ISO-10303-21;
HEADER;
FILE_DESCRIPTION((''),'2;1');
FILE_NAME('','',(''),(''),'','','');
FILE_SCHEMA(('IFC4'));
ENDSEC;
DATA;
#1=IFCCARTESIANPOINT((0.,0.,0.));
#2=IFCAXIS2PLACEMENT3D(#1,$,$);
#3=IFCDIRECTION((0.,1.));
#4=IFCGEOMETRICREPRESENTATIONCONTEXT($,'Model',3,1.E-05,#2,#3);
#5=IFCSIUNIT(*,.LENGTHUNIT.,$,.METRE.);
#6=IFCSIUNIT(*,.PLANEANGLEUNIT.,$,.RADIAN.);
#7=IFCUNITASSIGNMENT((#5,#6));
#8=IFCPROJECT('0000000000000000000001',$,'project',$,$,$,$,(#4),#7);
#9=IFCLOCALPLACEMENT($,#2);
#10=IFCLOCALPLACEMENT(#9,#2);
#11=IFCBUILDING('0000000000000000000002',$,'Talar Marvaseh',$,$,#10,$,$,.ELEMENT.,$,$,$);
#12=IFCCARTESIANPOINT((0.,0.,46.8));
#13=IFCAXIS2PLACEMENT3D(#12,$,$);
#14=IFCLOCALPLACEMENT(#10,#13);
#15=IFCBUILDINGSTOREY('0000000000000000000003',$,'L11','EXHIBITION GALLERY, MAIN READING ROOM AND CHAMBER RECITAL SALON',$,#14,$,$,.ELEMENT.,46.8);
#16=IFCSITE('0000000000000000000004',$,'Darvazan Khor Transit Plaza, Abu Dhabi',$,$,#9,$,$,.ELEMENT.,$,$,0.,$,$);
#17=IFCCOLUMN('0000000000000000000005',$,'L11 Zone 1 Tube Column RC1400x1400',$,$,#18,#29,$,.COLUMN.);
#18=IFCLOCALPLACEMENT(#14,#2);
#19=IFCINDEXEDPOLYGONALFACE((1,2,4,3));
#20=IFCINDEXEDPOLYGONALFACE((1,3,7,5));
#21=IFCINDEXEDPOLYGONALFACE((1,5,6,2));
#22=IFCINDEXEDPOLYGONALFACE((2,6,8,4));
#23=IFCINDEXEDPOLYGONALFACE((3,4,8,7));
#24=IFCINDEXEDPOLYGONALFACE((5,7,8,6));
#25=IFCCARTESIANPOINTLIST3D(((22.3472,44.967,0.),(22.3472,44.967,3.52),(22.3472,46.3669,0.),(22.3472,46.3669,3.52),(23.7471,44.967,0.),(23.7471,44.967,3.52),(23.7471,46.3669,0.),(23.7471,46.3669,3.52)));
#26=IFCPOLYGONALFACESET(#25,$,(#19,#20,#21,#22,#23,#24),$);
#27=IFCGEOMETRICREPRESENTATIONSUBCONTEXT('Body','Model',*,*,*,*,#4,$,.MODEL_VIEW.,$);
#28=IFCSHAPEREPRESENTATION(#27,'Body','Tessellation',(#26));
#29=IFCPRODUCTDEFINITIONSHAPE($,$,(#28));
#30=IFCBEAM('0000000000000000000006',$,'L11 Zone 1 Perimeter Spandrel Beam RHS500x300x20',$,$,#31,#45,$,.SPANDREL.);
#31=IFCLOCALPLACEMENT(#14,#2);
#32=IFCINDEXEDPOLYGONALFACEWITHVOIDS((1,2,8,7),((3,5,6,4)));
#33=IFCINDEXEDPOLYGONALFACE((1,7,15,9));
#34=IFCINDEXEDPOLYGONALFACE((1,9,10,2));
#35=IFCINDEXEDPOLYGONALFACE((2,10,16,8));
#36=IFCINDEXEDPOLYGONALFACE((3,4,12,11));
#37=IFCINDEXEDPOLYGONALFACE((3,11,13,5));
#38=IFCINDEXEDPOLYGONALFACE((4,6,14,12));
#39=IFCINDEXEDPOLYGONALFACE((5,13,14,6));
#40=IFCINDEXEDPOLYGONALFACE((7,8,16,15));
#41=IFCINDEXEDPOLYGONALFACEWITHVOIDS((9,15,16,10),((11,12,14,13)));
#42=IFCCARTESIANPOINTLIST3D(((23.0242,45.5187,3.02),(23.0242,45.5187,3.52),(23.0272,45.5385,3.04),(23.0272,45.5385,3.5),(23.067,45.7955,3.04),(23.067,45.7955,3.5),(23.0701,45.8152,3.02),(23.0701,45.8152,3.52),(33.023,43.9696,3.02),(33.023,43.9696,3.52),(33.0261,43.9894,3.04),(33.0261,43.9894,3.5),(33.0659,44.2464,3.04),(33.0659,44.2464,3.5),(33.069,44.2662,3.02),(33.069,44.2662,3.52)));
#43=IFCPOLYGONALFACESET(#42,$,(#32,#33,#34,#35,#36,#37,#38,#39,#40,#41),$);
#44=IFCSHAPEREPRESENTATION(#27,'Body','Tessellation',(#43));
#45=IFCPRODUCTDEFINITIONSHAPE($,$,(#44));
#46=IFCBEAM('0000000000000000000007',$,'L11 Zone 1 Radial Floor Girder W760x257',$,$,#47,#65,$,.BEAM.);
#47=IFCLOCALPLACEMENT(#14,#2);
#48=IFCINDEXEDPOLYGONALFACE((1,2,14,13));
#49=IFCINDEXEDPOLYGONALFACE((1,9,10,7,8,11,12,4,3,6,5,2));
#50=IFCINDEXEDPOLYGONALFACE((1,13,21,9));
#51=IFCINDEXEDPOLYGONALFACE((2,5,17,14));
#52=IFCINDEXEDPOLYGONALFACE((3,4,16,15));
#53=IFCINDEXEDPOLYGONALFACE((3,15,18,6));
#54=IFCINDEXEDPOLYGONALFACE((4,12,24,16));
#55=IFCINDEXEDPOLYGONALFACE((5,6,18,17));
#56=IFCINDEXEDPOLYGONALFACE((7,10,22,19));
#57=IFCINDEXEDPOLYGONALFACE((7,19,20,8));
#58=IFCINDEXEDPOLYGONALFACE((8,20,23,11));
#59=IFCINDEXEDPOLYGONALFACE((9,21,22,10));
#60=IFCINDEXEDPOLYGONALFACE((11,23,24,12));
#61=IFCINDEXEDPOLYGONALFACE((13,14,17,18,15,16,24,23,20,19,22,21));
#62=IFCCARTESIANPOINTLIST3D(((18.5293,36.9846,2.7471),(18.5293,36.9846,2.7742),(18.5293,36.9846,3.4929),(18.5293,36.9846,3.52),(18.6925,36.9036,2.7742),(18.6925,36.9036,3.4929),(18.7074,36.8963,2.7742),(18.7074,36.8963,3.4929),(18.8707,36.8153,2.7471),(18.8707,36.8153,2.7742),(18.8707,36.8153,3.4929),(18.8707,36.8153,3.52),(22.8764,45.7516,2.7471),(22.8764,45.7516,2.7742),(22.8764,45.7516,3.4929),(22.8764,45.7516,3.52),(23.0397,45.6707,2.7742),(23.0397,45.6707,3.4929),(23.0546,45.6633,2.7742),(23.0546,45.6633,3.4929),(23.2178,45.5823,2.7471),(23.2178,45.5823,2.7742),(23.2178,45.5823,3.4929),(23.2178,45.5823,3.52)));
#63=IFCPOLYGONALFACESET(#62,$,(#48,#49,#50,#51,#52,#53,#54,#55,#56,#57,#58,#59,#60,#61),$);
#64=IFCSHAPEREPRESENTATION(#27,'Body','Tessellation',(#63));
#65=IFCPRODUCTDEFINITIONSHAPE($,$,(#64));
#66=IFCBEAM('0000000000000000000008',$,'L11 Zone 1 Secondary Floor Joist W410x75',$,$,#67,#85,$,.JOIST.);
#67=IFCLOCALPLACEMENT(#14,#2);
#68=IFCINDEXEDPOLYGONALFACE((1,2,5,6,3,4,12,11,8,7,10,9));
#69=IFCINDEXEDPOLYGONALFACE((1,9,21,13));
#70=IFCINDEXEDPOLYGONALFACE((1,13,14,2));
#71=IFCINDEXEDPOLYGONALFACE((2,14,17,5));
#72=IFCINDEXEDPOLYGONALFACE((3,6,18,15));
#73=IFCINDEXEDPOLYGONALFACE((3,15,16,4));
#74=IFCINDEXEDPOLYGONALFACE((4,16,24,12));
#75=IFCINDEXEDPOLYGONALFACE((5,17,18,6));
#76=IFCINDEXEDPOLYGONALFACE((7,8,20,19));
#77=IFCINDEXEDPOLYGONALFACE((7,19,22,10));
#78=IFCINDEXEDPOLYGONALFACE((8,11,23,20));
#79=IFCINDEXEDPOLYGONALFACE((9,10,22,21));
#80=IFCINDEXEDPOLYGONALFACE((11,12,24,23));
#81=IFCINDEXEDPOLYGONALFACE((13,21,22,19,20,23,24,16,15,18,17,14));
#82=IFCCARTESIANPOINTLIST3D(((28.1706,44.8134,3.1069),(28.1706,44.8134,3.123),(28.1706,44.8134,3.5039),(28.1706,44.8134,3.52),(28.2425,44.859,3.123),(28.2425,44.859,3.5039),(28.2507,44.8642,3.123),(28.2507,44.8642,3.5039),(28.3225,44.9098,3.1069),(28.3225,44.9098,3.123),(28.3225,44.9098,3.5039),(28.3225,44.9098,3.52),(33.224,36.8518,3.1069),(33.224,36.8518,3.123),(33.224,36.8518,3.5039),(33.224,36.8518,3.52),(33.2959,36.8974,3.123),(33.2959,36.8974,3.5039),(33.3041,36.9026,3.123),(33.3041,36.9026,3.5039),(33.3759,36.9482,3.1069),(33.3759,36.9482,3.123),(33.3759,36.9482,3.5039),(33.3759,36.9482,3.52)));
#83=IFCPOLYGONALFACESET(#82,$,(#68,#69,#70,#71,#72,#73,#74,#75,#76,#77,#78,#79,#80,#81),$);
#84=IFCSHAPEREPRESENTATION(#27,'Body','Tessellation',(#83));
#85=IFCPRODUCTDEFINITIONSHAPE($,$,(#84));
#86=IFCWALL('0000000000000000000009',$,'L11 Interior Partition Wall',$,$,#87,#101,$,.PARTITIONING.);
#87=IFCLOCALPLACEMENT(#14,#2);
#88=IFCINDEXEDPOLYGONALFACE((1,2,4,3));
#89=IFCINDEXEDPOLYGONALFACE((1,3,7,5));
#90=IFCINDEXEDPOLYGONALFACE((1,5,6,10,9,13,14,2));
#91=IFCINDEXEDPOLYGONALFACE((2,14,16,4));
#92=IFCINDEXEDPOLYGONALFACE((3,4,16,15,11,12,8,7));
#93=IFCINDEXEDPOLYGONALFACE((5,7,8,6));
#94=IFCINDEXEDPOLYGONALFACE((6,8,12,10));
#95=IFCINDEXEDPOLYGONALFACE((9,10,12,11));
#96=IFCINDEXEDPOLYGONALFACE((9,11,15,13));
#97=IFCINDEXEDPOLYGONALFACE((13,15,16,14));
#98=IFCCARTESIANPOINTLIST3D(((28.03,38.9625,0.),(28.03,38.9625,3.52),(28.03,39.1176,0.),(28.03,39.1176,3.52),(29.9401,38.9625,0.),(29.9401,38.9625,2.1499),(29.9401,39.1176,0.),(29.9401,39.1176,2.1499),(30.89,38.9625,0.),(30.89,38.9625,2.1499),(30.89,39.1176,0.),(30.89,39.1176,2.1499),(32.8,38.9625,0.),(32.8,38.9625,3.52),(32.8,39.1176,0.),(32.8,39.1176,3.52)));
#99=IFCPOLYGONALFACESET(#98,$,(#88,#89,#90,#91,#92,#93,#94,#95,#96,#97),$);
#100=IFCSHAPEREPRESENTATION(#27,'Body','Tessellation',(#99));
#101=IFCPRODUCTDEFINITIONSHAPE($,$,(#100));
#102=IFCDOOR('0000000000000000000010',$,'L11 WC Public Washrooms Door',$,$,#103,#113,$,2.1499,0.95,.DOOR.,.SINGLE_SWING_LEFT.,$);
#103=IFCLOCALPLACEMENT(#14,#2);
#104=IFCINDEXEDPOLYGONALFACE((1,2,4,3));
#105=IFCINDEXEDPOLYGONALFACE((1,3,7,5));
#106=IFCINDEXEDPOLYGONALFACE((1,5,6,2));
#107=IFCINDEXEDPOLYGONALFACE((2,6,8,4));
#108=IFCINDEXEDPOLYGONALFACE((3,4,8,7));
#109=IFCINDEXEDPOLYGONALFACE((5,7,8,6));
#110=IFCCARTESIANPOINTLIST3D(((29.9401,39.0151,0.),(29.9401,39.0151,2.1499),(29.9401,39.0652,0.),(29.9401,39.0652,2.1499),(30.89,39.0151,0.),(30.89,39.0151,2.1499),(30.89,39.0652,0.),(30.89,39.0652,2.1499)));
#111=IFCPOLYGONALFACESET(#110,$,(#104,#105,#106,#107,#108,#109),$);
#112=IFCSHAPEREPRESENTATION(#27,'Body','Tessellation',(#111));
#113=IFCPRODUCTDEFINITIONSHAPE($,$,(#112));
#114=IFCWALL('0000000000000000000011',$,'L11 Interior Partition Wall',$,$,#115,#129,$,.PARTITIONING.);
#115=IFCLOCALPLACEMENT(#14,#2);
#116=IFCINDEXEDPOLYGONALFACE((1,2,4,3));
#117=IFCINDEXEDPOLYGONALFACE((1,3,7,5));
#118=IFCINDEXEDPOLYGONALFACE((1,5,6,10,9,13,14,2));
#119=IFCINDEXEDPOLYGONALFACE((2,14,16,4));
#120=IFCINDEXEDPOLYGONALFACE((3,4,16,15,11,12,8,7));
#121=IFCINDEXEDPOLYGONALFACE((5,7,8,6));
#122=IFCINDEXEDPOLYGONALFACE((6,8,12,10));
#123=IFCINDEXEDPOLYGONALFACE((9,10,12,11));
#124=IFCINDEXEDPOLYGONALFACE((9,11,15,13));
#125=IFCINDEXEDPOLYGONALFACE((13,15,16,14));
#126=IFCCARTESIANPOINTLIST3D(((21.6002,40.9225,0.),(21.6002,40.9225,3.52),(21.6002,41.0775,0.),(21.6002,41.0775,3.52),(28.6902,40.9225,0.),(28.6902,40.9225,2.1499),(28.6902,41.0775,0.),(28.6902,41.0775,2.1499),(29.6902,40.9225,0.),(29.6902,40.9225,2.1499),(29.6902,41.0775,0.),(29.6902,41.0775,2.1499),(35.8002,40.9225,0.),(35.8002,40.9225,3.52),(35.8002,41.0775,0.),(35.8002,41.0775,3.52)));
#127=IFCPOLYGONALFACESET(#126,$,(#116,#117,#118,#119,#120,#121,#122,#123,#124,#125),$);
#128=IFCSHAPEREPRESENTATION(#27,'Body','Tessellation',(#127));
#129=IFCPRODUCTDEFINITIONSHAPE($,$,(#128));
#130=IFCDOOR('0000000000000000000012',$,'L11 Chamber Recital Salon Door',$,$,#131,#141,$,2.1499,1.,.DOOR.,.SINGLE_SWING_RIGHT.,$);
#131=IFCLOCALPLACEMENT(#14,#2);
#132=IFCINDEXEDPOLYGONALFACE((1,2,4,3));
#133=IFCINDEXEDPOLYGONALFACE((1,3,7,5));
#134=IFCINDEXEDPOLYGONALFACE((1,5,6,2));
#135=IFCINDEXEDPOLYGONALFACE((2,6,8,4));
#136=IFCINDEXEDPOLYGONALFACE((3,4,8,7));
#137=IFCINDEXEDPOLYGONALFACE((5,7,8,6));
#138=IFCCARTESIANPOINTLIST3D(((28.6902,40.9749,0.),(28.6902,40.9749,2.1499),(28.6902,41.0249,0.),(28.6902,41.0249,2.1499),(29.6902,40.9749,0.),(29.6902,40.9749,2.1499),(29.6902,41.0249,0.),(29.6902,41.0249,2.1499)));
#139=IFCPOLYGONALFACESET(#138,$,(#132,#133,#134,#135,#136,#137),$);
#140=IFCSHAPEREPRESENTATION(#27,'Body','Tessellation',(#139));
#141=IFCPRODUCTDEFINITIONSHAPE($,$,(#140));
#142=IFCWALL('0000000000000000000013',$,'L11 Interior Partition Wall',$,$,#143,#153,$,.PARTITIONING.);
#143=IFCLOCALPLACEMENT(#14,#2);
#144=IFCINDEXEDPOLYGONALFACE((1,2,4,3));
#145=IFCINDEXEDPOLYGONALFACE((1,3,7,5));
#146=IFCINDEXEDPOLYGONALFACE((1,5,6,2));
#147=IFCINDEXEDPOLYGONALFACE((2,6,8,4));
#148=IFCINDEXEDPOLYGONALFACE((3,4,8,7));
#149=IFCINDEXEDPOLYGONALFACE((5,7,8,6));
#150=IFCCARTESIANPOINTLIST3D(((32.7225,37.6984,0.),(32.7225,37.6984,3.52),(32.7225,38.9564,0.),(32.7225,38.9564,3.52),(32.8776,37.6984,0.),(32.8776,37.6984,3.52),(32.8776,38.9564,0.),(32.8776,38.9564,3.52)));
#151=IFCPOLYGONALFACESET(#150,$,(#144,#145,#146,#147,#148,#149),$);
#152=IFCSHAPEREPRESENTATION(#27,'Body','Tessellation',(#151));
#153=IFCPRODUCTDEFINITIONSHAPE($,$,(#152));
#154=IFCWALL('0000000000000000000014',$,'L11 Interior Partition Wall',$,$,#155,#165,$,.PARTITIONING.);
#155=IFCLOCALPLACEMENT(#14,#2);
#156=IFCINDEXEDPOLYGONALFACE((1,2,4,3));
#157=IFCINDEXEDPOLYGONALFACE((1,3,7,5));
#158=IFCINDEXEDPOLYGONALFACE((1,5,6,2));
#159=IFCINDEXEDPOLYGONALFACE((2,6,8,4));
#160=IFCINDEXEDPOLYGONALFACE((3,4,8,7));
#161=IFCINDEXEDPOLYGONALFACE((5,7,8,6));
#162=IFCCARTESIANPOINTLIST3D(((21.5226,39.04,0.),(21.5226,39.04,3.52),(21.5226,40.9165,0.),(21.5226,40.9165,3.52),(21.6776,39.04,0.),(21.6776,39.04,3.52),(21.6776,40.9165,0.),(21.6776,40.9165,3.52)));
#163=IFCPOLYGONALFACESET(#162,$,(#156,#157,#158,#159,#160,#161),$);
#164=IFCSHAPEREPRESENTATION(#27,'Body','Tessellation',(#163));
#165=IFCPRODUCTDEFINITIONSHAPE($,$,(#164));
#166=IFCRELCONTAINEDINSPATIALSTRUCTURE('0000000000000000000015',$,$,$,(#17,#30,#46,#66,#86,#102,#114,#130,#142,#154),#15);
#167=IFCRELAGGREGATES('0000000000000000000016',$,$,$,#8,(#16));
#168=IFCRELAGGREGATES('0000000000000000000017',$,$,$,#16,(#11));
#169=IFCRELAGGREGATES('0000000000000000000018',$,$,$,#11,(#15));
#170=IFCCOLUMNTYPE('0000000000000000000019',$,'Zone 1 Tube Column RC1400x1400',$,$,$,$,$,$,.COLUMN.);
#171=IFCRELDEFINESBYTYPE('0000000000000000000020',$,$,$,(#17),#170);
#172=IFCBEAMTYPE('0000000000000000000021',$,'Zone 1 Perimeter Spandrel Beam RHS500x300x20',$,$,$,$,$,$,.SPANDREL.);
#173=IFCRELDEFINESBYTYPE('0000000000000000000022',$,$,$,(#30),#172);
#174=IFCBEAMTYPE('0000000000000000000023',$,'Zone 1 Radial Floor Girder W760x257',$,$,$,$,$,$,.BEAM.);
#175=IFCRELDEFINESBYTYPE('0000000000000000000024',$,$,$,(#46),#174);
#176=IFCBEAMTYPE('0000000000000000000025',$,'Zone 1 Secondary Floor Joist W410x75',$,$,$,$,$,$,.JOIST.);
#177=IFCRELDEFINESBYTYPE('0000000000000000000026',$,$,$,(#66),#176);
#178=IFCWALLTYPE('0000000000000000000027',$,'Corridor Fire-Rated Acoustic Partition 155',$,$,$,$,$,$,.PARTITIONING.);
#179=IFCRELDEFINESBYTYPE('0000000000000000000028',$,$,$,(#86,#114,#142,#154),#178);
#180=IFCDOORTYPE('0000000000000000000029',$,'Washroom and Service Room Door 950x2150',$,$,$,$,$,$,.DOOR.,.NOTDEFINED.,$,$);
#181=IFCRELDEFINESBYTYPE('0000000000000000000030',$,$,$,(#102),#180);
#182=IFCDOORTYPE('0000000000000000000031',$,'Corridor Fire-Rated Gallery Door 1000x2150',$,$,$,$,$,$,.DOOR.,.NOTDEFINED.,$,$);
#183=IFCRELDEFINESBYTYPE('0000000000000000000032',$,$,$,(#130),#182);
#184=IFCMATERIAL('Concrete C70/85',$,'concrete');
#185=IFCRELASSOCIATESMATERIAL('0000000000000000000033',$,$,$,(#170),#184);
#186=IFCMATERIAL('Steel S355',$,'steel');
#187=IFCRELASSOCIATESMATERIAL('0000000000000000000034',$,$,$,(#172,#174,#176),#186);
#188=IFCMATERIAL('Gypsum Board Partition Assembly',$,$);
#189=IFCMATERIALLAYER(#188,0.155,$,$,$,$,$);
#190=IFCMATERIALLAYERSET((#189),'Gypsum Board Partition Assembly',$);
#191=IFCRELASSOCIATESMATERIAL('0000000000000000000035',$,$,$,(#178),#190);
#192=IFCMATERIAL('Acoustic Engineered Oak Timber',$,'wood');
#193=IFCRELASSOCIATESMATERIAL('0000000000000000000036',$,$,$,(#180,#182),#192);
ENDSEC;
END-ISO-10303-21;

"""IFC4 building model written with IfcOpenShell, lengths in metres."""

from ifc_helpers import new_model, si_unit, direction, frame, frame_2d, origin, origin_2d, place, context, subcontext, project, spatial, rectangle, hollow_rectangle, i_section, extrude, source, transform, mapped, material, layer, layer_set, material_profile, profile_set, type_object, type_shapes, element, fill, save


model = new_model("IFC4")

# Units and contexts
model_context = context("Model", 3, precision=1e-05, world=origin(), true_north=direction((0.0, 1.0)))
body_context = subcontext(model_context, "Body", "Model", "MODEL_VIEW")
ifc_project = project(units=[si_unit("LENGTHUNIT", "METRE"), si_unit("PLANEANGLEUNIT", "RADIAN")], contexts=[model_context])

# Site, building, storey
site_placement = place(None, origin())
site = spatial("IfcSite", under=ifc_project, at=site_placement, Name="Darvazan Khor Transit Plaza, Abu Dhabi", CompositionType="ELEMENT", RefElevation=0.0)
building_placement = place(site_placement, origin())
building = spatial("IfcBuilding", under=site, at=building_placement, Name="Talar Marvaseh", CompositionType="ELEMENT")
storey_placement = place(building_placement, frame((0.0, 0.0, 46.8)))
storey = spatial("IfcBuildingStorey", under=building, at=storey_placement, Name="L11", Description="EXHIBITION GALLERY, MAIN READING ROOM AND CHAMBER RECITAL SALON", CompositionType="ELEMENT", Elevation=46.8)

# Column
ifc_material_1 = material(Name="Concrete C70/85", Category="concrete")
ifc_material_profile_1 = material_profile(ifc_material_1, rectangle(XDim=1.3999, YDim=1.3999, at=origin_2d()), Name="RC1400x1400")
ifc_profile_set_1 = profile_set([ifc_material_profile_1], Name="Concrete C70/85")
column_type = type_object("IfcColumnType", Name="Zone 1 Tube Column RC1400x1400", PredefinedType="COLUMN", material=ifc_profile_set_1)
column_placement = place(storey_placement, frame((23.0471, 45.667, 0.0), z_axis=(0.0, 0.0, 1.0), x_axis=(1.0, 0.0, 0.0)))
element("IfcColumn", 1, at=column_placement, inside=storey, type_object=column_type, Name="L11 Zone 1 Tube Column RC1400x1400", PredefinedType="COLUMN", context=body_context, shape_type="SweptSolid", body=[
    extrude(rectangle(XDim=1.3999, YDim=1.3999, at=origin_2d()), origin(), (0.0, 0.0, 1.0), 3.52),
])

# Beams
ifc_material_2 = material(Name="Steel S355", Category="steel")
ifc_material_profile_2 = material_profile(ifc_material_2, hollow_rectangle(XDim=0.3, YDim=0.5, WallThickness=0.02, at=origin_2d()), Name="RHS500x300x20")
ifc_profile_set_2 = profile_set([ifc_material_profile_2], Name="Steel S355")
beam_type_1 = type_object("IfcBeamType", Name="Zone 1 Perimeter Spandrel Beam RHS500x300x20", PredefinedType="SPANDREL", material=ifc_profile_set_2)
beam_1_placement = place(storey_placement, frame((23.0471, 45.667, 3.27), z_axis=(0.988211, -0.1531, 0.0), x_axis=(0.1531, 0.988211, 0.0)))
element("IfcBeam", 2, at=beam_1_placement, inside=storey, type_object=beam_type_1, Name="L11 Zone 1 Perimeter Spandrel Beam RHS500x300x20", PredefinedType="SPANDREL", context=body_context, shape_type="SweptSolid", body=[
    extrude(hollow_rectangle(XDim=0.3, YDim=0.5, WallThickness=0.02, at=origin_2d()), origin(), (0.0, 0.0, 1.0), 10.1182),
])
ifc_material_profile_3 = material_profile(ifc_material_2, i_section(OverallWidth=0.3811, OverallDepth=0.7729, WebThickness=0.0166, FlangeThickness=0.0271, at=origin_2d()), Name="W760x257")
ifc_profile_set_3 = profile_set([ifc_material_profile_3], Name="Steel S355")
beam_type_2 = type_object("IfcBeamType", Name="Zone 1 Radial Floor Girder W760x257", PredefinedType="BEAM", material=ifc_profile_set_3)
beam_2_placement = place(storey_placement, frame((23.0471, 45.667, 3.1335), z_axis=(-0.444237, -0.895909, 0.0), x_axis=(0.895909, -0.444237, 0.0)))
element("IfcBeam", 3, at=beam_2_placement, inside=storey, type_object=beam_type_2, Name="L11 Zone 1 Radial Floor Girder W760x257", PredefinedType="BEAM", context=body_context, shape_type="SweptSolid", body=[
    extrude(i_section(OverallWidth=0.3811, OverallDepth=0.7729, WebThickness=0.0166, FlangeThickness=0.0271, at=origin_2d()), origin(), (0.0, 0.0, 1.0), 9.7856),
])
ifc_material_profile_4 = material_profile(ifc_material_2, i_section(OverallWidth=0.1799, OverallDepth=0.4131, WebThickness=0.0098, FlangeThickness=0.0161, at=origin_2d()), Name="W410x75")
ifc_profile_set_4 = profile_set([ifc_material_profile_4], Name="Steel S355")
beam_type_3 = type_object("IfcBeamType", Name="Zone 1 Secondary Floor Joist W410x75", PredefinedType="JOIST", material=ifc_profile_set_4)
beam_3_placement = place(storey_placement, frame((28.2466, 44.8616, 3.3135), z_axis=(0.53589, -0.844288, 0.0), x_axis=(0.844288, 0.53589, 0.0)))
element("IfcBeam", 4, at=beam_3_placement, inside=storey, type_object=beam_type_3, Name="L11 Zone 1 Secondary Floor Joist W410x75", PredefinedType="JOIST", context=body_context, shape_type="SweptSolid", body=[
    extrude(i_section(OverallWidth=0.1799, OverallDepth=0.4131, WebThickness=0.0098, FlangeThickness=0.0161, at=origin_2d()), origin(), (0.0, 0.0, 1.0), 9.4299),
])

# Walls, openings, doors
ifc_material_3 = material(Name="Gypsum Board Partition Assembly")
ifc_layer_1 = layer(ifc_material_3, 0.155)
ifc_layer_set_1 = layer_set([ifc_layer_1], Name="Gypsum Board Partition Assembly")
wall_type_1 = type_object("IfcWallType", Name="Corridor Fire-Rated Acoustic Partition 155", PredefinedType="PARTITIONING", material=ifc_layer_set_1)
wall_1_placement = place(storey_placement, frame((32.8, 39.04, 0.0), z_axis=(0.0, 0.0, 1.0), x_axis=(-1.0, 0.0, 0.0)))
wall_1 = element("IfcWall", 5, at=wall_1_placement, inside=storey, type_object=wall_type_1, Name="L11 Interior Partition Wall", PredefinedType="PARTITIONING", context=body_context, shape_type="SweptSolid", body=[
    extrude(rectangle(XDim=4.77, YDim=0.155, at=frame_2d((2.385, 0.0))), origin(), (0.0, 0.0, 1.0), 3.52),
])
opening_1_placement = place(wall_1_placement, frame((1.9099, 0.0, 0.0)))
opening_1 = element("IfcOpeningElement", 6, at=opening_1_placement, cuts=wall_1, PredefinedType="OPENING", context=body_context, shape_type="SweptSolid", body=[
    extrude(rectangle(XDim=0.95, YDim=2.1499, at=frame_2d((0.4751, 1.075))), frame((0.0, 0.0874, 0.0), z_axis=(0.0, -1.0, 0.0), x_axis=(1.0, 0.0, 0.0)), (0.0, 0.0, 1.0), 0.175),
])
ifc_material_4 = material(Name="Acoustic Engineered Oak Timber", Category="wood")
door_type_1 = type_object("IfcDoorType", Name="Washroom and Service Room Door 950x2150", OperationType="NOTDEFINED", PredefinedType="DOOR", material=ifc_material_4)
shared_shape_1 = source(origin(), body_context, "Body", "SweptSolid", [
    extrude(rectangle(XDim=0.95, YDim=2.1499, at=frame_2d((0.4751, 1.075))), frame((0.0, 0.0249, 0.0), z_axis=(0.0, -1.0, 0.0), x_axis=(1.0, 0.0, 0.0)), (0.0, 0.0, 1.0), 0.05),
])
type_shapes(door_type_1, [shared_shape_1])
door_1_placement = place(opening_1_placement, origin())
door_1 = element("IfcDoor", 7, at=door_1_placement, inside=storey, type_object=door_type_1, Name="L11 WC Public Washrooms Door", OperationType="SINGLE_SWING_LEFT", OverallHeight=2.1499, OverallWidth=0.95, PredefinedType="DOOR", context=body_context, shape_type="MappedRepresentation", body=[
    mapped(shared_shape_1, transform((0.0, 0.0, 0.0), x_axis=(1.0, 0.0, 0.0), y_axis=(0.0, 1.0, 0.0), z_axis=(0.0, 0.0, 1.0), scale=1.0)),
])
fill(opening_1, door_1)
wall_2_placement = place(storey_placement, frame((21.6001, 41.0, 0.0), z_axis=(0.0, 0.0, 1.0), x_axis=(1.0, 0.0, 0.0)))
wall_2 = element("IfcWall", 8, at=wall_2_placement, inside=storey, type_object=wall_type_1, Name="L11 Interior Partition Wall", PredefinedType="PARTITIONING", context=body_context, shape_type="SweptSolid", body=[
    extrude(rectangle(XDim=14.2, YDim=0.155, at=frame_2d((7.1001, 0.0))), origin(), (0.0, 0.0, 1.0), 3.52),
])
opening_2_placement = place(wall_2_placement, frame((7.0901, 0.0, 0.0)))
opening_2 = element("IfcOpeningElement", 9, at=opening_2_placement, cuts=wall_2, PredefinedType="OPENING", context=body_context, shape_type="SweptSolid", body=[
    extrude(rectangle(XDim=1.0, YDim=2.1499, at=frame_2d((0.5, 1.075))), frame((0.0, 0.0874, 0.0), z_axis=(0.0, -1.0, 0.0), x_axis=(1.0, 0.0, 0.0)), (0.0, 0.0, 1.0), 0.175),
])
door_type_2 = type_object("IfcDoorType", Name="Corridor Fire-Rated Gallery Door 1000x2150", OperationType="NOTDEFINED", PredefinedType="DOOR", material=ifc_material_4)
shared_shape_2 = source(origin(), body_context, "Body", "SweptSolid", [
    extrude(rectangle(XDim=1.0, YDim=2.1499, at=frame_2d((0.5, 1.075))), frame((0.0, 0.0249, 0.0), z_axis=(0.0, -1.0, 0.0), x_axis=(1.0, 0.0, 0.0)), (0.0, 0.0, 1.0), 0.05),
])
type_shapes(door_type_2, [shared_shape_2])
door_2_placement = place(opening_2_placement, origin())
door_2 = element("IfcDoor", 10, at=door_2_placement, inside=storey, type_object=door_type_2, Name="L11 Chamber Recital Salon Door", OperationType="SINGLE_SWING_RIGHT", OverallHeight=2.1499, OverallWidth=1.0, PredefinedType="DOOR", context=body_context, shape_type="MappedRepresentation", body=[
    mapped(shared_shape_2, transform((0.0, 0.0, 0.0), x_axis=(1.0, 0.0, 0.0), y_axis=(0.0, 1.0, 0.0), z_axis=(0.0, 0.0, 1.0), scale=1.0)),
])
fill(opening_2, door_2)

# Walls
wall_3_placement = place(storey_placement, frame((32.8, 37.6985, 0.0), z_axis=(0.0, 0.0, 1.0), x_axis=(0.0, 1.0, 0.0)))
element("IfcWall", 11, at=wall_3_placement, inside=storey, type_object=wall_type_1, Name="L11 Interior Partition Wall", PredefinedType="PARTITIONING", context=body_context, shape_type="SweptSolid", body=[
    extrude(rectangle(XDim=1.2581, YDim=0.155, at=frame_2d((0.6289, 0.0))), origin(), (0.0, 0.0, 1.0), 3.52),
])
wall_4_placement = place(storey_placement, frame((21.6001, 39.04, 0.0), z_axis=(0.0, 0.0, 1.0), x_axis=(0.0, 1.0, 0.0)))
element("IfcWall", 12, at=wall_4_placement, inside=storey, type_object=wall_type_1, Name="L11 Interior Partition Wall", PredefinedType="PARTITIONING", context=body_context, shape_type="SweptSolid", body=[
    extrude(rectangle(XDim=1.8765, YDim=0.155, at=frame_2d((0.9382, 0.0))), origin(), (0.0, 0.0, 1.0), 3.52),
])

save(model, "model.ifc")
